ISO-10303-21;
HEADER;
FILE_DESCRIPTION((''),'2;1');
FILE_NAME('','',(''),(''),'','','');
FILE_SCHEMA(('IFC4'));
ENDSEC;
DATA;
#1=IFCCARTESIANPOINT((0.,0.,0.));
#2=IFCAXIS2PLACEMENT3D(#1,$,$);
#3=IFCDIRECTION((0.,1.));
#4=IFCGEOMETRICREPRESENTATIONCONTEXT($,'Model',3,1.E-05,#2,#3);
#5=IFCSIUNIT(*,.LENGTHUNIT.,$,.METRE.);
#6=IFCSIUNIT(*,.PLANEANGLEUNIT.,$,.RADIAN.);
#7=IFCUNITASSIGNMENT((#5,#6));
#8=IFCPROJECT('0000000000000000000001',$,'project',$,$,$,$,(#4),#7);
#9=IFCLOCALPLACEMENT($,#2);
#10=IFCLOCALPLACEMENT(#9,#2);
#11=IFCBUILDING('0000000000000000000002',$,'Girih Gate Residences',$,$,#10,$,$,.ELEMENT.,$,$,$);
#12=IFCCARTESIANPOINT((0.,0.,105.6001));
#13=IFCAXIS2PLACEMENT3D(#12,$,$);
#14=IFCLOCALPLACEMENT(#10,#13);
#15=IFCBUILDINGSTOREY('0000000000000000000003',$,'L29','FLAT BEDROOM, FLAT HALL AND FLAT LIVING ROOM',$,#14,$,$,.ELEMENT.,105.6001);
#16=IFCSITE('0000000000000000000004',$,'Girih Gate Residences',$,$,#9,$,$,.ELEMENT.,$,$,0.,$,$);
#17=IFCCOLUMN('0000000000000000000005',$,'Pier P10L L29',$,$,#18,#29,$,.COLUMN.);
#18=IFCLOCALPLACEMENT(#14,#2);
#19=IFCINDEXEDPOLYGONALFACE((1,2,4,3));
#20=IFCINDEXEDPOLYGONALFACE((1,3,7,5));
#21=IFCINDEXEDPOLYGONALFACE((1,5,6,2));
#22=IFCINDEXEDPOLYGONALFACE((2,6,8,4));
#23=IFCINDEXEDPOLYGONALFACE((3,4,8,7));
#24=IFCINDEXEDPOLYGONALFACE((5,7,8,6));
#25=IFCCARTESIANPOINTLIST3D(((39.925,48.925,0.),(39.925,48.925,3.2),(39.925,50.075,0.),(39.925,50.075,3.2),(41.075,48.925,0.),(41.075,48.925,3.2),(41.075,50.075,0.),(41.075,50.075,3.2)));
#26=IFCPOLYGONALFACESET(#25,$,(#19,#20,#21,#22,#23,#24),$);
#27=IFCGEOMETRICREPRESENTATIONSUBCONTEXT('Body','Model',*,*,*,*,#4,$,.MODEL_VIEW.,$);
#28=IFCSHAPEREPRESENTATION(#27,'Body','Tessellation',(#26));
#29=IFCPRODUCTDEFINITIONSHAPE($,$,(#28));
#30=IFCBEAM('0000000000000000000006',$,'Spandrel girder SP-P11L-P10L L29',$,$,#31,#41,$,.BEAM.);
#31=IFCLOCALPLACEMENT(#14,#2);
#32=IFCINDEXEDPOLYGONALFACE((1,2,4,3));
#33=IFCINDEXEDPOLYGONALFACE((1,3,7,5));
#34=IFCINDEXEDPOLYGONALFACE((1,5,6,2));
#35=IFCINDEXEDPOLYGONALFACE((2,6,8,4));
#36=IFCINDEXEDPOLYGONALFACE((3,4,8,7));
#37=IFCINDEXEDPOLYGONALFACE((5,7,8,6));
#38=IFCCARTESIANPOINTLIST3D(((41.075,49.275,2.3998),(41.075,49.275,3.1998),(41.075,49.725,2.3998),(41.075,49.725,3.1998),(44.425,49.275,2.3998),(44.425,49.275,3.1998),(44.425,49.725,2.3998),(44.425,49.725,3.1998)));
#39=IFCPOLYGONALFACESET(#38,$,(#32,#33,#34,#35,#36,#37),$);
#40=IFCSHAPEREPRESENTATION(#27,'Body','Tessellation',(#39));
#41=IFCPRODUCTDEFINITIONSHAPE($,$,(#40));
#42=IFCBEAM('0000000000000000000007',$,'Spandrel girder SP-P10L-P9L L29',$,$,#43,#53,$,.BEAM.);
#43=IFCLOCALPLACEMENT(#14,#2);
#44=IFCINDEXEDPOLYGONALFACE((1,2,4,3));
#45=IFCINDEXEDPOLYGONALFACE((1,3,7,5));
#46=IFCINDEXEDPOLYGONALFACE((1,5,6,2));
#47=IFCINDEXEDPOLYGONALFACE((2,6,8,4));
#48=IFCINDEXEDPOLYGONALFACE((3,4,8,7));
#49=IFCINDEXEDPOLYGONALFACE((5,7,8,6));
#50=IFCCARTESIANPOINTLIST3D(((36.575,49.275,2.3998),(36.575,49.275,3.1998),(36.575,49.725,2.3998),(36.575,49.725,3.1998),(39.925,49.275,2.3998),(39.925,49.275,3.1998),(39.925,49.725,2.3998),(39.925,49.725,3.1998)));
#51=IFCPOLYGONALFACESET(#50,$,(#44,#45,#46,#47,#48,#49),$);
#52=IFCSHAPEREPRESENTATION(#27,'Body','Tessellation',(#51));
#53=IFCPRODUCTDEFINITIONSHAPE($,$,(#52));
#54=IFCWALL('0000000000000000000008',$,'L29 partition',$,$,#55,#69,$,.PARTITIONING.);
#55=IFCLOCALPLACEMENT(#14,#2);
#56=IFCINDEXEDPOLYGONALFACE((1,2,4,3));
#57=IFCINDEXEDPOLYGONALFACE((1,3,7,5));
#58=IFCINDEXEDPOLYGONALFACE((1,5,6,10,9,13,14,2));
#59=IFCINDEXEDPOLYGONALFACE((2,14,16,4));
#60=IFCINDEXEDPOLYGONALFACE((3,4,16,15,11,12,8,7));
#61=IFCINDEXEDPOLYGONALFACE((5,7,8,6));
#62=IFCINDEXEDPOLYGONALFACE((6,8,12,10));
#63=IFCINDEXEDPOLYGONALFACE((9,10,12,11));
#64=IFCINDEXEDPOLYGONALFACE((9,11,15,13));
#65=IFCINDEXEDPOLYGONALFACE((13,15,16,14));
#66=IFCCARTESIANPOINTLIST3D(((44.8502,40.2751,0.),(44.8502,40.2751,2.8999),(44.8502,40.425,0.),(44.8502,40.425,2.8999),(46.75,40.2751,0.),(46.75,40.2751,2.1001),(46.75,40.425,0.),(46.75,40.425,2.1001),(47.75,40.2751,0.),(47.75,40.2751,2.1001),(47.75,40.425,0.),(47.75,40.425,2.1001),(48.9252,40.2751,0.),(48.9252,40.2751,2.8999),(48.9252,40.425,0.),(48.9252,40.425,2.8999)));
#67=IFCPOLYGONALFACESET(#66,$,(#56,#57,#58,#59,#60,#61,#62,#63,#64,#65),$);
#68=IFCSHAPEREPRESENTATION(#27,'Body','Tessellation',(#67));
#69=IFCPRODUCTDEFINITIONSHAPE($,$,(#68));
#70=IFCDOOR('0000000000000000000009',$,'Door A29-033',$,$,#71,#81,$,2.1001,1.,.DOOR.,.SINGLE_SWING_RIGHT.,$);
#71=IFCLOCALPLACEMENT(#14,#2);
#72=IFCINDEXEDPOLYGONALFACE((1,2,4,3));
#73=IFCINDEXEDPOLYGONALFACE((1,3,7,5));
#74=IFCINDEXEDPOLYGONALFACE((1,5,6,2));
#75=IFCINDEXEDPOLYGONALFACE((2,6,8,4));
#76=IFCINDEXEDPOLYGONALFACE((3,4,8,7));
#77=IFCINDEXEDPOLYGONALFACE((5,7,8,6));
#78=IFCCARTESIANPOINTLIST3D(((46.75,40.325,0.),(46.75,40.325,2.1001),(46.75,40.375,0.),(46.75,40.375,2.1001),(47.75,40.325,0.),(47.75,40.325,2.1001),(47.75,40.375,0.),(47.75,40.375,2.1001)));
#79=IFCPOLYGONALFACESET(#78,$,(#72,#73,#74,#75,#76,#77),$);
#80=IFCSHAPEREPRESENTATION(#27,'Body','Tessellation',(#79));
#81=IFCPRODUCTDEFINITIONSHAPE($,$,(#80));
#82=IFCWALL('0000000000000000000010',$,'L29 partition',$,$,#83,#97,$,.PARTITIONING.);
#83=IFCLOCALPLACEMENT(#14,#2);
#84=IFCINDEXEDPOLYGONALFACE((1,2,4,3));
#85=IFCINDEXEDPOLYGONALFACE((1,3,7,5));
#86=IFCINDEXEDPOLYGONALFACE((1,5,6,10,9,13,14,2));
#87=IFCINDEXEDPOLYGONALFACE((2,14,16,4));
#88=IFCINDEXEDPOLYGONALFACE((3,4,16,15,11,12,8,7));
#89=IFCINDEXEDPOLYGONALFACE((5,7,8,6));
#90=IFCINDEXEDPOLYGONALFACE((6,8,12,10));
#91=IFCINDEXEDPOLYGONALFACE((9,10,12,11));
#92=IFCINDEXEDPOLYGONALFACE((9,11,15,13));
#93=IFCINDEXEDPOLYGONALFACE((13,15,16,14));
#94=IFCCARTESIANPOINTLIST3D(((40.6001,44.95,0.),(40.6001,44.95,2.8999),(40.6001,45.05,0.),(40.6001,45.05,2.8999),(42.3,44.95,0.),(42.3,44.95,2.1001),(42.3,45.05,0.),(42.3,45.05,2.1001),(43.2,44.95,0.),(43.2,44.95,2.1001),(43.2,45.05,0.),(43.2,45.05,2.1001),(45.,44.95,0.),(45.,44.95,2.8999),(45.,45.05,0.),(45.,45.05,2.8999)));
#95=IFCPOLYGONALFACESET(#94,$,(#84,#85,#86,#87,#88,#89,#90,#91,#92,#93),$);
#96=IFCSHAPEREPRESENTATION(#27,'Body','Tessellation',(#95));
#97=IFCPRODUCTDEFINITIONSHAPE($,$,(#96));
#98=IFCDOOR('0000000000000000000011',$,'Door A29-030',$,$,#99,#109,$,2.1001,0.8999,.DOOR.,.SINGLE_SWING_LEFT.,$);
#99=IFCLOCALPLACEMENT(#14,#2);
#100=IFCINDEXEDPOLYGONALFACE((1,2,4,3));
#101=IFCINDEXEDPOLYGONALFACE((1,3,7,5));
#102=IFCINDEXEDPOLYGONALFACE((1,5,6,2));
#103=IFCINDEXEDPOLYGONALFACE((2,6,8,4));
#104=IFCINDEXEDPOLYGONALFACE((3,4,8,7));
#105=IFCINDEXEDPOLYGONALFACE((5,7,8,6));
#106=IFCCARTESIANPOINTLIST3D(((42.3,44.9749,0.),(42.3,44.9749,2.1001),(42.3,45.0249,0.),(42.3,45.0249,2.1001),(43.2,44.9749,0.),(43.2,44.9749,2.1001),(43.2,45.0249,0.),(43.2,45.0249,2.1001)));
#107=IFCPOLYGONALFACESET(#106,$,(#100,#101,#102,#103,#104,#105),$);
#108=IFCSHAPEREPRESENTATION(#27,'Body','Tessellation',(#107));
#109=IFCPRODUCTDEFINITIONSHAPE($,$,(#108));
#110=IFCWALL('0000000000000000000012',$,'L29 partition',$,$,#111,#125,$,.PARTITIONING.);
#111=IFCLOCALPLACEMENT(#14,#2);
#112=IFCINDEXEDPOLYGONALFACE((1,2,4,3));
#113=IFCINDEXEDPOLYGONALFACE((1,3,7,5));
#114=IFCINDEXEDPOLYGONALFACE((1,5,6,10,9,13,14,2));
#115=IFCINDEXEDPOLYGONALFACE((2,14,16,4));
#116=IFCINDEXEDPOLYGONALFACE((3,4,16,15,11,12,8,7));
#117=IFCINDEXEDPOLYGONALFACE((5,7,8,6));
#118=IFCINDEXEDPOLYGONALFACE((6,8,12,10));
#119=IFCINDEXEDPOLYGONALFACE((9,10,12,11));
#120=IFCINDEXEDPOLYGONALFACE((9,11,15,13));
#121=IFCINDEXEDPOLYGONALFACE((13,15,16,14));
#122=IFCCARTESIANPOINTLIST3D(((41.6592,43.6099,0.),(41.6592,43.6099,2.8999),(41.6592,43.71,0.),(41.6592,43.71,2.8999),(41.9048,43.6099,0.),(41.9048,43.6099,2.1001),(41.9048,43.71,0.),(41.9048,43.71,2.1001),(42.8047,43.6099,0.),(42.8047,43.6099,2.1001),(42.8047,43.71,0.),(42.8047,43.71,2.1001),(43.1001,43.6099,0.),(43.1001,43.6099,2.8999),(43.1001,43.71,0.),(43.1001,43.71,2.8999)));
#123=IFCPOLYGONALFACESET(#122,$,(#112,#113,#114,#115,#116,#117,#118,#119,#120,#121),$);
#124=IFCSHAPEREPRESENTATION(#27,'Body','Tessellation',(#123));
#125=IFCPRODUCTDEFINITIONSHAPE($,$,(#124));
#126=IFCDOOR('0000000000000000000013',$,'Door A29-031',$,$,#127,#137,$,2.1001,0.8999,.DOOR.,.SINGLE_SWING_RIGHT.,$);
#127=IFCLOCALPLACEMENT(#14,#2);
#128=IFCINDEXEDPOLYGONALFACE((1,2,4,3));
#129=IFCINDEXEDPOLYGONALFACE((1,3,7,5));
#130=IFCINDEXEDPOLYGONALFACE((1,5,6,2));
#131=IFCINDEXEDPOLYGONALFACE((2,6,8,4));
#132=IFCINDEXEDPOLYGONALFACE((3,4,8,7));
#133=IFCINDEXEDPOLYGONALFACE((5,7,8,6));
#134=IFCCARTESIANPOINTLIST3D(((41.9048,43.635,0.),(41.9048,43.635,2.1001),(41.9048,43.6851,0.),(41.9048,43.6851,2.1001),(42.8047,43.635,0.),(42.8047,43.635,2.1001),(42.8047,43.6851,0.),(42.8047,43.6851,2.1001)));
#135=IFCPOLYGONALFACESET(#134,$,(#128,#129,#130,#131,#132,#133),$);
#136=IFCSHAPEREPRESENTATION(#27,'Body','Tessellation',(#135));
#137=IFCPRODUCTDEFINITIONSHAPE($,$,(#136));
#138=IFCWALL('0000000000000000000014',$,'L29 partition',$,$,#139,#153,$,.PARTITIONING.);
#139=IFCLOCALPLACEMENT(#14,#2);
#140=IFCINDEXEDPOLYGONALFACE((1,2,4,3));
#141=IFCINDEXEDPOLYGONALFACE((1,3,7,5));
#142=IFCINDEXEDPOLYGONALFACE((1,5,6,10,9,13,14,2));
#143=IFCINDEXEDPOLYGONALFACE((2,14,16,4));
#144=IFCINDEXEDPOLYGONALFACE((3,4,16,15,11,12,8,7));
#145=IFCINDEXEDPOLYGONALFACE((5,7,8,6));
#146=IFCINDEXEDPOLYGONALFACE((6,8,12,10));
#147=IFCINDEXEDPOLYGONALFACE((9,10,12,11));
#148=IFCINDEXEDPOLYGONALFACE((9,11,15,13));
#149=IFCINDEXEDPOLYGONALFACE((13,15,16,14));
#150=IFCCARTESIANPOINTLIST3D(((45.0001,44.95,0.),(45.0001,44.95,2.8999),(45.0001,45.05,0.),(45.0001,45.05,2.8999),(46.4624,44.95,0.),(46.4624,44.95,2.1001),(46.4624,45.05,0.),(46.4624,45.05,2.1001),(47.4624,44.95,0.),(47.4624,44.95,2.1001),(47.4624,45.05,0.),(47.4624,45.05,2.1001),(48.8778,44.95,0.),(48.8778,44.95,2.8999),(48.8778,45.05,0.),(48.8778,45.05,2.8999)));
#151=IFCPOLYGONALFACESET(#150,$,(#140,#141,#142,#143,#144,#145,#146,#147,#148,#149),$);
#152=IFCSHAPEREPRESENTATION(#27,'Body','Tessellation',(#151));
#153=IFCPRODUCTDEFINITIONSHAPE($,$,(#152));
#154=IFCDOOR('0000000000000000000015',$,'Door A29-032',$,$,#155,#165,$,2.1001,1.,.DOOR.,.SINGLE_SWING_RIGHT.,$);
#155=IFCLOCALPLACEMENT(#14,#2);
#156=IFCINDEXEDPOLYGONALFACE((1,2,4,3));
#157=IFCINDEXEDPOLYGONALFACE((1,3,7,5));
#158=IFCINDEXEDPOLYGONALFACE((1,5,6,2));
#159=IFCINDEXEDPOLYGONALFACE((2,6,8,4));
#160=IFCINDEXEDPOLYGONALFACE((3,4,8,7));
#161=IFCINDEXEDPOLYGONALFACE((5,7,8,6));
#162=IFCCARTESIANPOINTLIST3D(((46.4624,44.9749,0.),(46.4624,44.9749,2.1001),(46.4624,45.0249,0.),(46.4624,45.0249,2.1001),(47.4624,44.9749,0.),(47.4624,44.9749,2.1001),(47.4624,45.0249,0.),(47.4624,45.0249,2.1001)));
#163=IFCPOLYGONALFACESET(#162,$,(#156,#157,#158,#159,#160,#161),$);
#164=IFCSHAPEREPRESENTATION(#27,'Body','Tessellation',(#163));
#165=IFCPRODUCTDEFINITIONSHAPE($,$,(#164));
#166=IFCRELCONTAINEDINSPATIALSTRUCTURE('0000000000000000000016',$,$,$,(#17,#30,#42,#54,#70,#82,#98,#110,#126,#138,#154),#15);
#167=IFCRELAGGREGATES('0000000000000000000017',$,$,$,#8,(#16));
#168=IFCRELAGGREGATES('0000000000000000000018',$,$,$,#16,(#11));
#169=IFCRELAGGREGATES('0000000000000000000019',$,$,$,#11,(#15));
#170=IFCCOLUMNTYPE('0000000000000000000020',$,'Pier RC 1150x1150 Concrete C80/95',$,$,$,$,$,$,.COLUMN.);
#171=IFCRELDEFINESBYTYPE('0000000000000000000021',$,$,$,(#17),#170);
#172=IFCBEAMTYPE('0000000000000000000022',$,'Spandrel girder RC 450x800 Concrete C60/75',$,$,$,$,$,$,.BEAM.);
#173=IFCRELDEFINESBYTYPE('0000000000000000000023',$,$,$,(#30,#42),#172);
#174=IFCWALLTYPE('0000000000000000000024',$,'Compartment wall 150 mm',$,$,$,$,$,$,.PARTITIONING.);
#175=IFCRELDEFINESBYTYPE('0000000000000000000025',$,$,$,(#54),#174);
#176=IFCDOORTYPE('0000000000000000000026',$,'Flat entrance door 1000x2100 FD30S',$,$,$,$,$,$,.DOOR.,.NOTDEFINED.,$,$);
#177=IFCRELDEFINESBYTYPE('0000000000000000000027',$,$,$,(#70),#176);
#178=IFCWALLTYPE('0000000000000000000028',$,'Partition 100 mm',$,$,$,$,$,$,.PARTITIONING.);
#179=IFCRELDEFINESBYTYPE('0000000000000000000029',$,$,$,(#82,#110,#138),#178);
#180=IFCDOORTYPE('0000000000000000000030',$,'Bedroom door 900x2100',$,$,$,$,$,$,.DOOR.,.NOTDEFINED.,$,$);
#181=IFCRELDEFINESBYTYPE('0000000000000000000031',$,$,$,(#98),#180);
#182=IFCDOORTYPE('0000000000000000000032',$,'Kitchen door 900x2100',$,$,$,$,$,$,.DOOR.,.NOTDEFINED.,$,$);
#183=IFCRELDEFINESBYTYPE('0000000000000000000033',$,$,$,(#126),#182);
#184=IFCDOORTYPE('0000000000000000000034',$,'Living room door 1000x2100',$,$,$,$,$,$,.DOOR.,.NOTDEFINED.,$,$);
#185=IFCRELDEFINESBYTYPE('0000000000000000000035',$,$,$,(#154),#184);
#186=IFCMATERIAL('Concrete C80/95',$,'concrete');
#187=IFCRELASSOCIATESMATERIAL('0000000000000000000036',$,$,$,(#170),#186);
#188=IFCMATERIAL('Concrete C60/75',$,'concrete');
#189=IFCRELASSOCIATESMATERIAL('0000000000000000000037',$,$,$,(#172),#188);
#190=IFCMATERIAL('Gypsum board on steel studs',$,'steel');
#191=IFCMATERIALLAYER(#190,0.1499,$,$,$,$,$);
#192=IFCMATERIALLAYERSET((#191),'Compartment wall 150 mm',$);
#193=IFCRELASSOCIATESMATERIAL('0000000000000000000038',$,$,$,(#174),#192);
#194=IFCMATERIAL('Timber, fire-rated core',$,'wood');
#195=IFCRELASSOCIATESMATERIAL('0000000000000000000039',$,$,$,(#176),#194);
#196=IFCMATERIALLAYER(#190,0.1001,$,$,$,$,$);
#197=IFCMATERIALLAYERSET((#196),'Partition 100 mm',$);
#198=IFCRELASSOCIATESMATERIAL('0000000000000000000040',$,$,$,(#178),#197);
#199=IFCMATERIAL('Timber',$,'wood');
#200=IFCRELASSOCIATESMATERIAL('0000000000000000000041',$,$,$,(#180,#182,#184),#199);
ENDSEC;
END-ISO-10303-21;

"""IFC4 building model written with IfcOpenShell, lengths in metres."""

from ifc_helpers import new_model, si_unit, direction, frame, frame_2d, origin, origin_2d, place, context, subcontext, project, spatial, rectangle, extrude, material, layer, layer_set, material_profile, profile_set, type_object, element, fill, save


model = new_model("IFC4")

# Units and contexts
model_context = context("Model", 3, precision=1e-05, world=origin(), true_north=direction((0.0, 1.0)))
body_context = subcontext(model_context, "Body", "Model", "MODEL_VIEW")
ifc_project = project(units=[si_unit("LENGTHUNIT", "METRE"), si_unit("PLANEANGLEUNIT", "RADIAN")], contexts=[model_context])

# Site, building, storey
site_placement = place(None, origin())
site = spatial("IfcSite", under=ifc_project, at=site_placement, Name="Girih Gate Residences", CompositionType="ELEMENT", RefElevation=0.0)
building_placement = place(site_placement, origin())
building = spatial("IfcBuilding", under=site, at=building_placement, Name="Girih Gate Residences", CompositionType="ELEMENT")
storey_placement = place(building_placement, frame((0.0, 0.0, 105.6001)))
storey = spatial("IfcBuildingStorey", under=building, at=storey_placement, Name="L29", Description="FLAT BEDROOM, FLAT HALL AND FLAT LIVING ROOM", CompositionType="ELEMENT", Elevation=105.6001)

# Column
ifc_material_1 = material(Name="Concrete C80/95", Category="concrete")
ifc_material_profile_1 = material_profile(ifc_material_1, rectangle(XDim=1.1499, YDim=1.1499, at=origin_2d()))
ifc_profile_set_1 = profile_set([ifc_material_profile_1], Name="Concrete C80/95")
column_type = type_object("IfcColumnType", Name="Pier RC 1150x1150 Concrete C80/95", PredefinedType="COLUMN", material=ifc_profile_set_1)
column_placement = place(storey_placement, frame((40.5, 49.5, 0.0), z_axis=(0.0, 0.0, 1.0), x_axis=(1.0, 0.0, 0.0)))
element("IfcColumn", 1, at=column_placement, inside=storey, type_object=column_type, Name="Pier P10L L29", PredefinedType="COLUMN", context=body_context, shape_type="SweptSolid", body=[
    extrude(rectangle(XDim=1.1499, YDim=1.1499, at=origin_2d()), origin(), (0.0, 0.0, 1.0), 3.2),
])

# Beams
ifc_material_2 = material(Name="Concrete C60/75", Category="concrete")
ifc_material_profile_2 = material_profile(ifc_material_2, rectangle(XDim=0.45, YDim=0.8, at=origin_2d()))
ifc_profile_set_2 = profile_set([ifc_material_profile_2], Name="Concrete C60/75")
beam_type = type_object("IfcBeamType", Name="Spandrel girder RC 450x800 Concrete C60/75", PredefinedType="BEAM", material=ifc_profile_set_2)
for number, where, z_axis, x_axis, name in (
    (2, (44.425, 49.5, 2.7998), (-1.0, 0.0, 0.0), (0.0, -1.0, 0.0), "Spandrel girder SP-P11L-P10L L29"),
    (3, (39.925, 49.5, 2.7998), (-1.0, 0.0, 0.0), (0.0, -1.0, 0.0), "Spandrel girder SP-P10L-P9L L29"),
):
    element("IfcBeam", number, at=place(storey_placement, frame(where, z_axis=z_axis, x_axis=x_axis)), inside=storey, type_object=beam_type, Name=name, PredefinedType="BEAM", context=body_context, shape_type="SweptSolid", body=[
        extrude(rectangle(XDim=0.45, YDim=0.8, at=origin_2d()), origin(), (0.0, 0.0, 1.0), 3.3501),
    ])

# Walls, openings, doors
ifc_material_3 = material(Name="Gypsum board on steel studs", Category="steel")
ifc_layer_1 = layer(ifc_material_3, 0.1499)
ifc_layer_set_1 = layer_set([ifc_layer_1], Name="Compartment wall 150 mm")
wall_type_1 = type_object("IfcWallType", Name="Compartment wall 150 mm", PredefinedType="PARTITIONING", material=ifc_layer_set_1)
wall_1_placement = place(storey_placement, frame((44.8501, 40.3501, 0.0), z_axis=(0.0, 0.0, 1.0), x_axis=(1.0, 0.0, 0.0)))
wall_1 = element("IfcWall", 4, at=wall_1_placement, inside=storey, type_object=wall_type_1, Name="L29 partition", PredefinedType="PARTITIONING", context=body_context, shape_type="SweptSolid", body=[
    extrude(rectangle(XDim=4.075, YDim=0.1499, at=frame_2d((2.0376, 0.0))), origin(), (0.0, 0.0, 1.0), 2.8999),
])
opening_1_placement = place(wall_1_placement, frame((1.8999, 0.0, 0.0)))
opening_1 = element("IfcOpeningElement", 5, at=opening_1_placement, cuts=wall_1, PredefinedType="OPENING", context=body_context, shape_type="SweptSolid", body=[
    extrude(rectangle(XDim=1.0, YDim=2.1001, at=frame_2d((0.5, 1.05))), frame((0.0, 0.085, 0.0), z_axis=(0.0, -1.0, 0.0), x_axis=(1.0, 0.0, 0.0)), (0.0, 0.0, 1.0), 0.1699),
])
ifc_material_4 = material(Name="Timber, fire-rated core", Category="wood")
door_type_1 = type_object("IfcDoorType", Name="Flat entrance door 1000x2100 FD30S", OperationType="NOTDEFINED", PredefinedType="DOOR", material=ifc_material_4)
door_1_placement = place(opening_1_placement, origin())
door_1 = element("IfcDoor", 6, at=door_1_placement, inside=storey, type_object=door_type_1, Name="Door A29-033", OperationType="SINGLE_SWING_RIGHT", OverallHeight=2.1001, OverallWidth=1.0, PredefinedType="DOOR", context=body_context, shape_type="SweptSolid", body=[
    extrude(rectangle(XDim=1.0, YDim=2.1001, at=frame_2d((0.5, 1.05))), frame((0.0, 0.0249, 0.0), z_axis=(0.0, -1.0, 0.0), x_axis=(1.0, 0.0, 0.0)), (0.0, 0.0, 1.0), 0.05),
])
fill(opening_1, door_1)
ifc_layer_2 = layer(ifc_material_3, 0.1001)
ifc_layer_set_2 = layer_set([ifc_layer_2], Name="Partition 100 mm")
wall_type_2 = type_object("IfcWallType", Name="Partition 100 mm", PredefinedType="PARTITIONING", material=ifc_layer_set_2)
wall_2_placement = place(storey_placement, frame((40.6001, 45.0, 0.0), z_axis=(0.0, 0.0, 1.0), x_axis=(1.0, 0.0, 0.0)))
wall_2 = element("IfcWall", 7, at=wall_2_placement, inside=storey, type_object=wall_type_2, Name="L29 partition", PredefinedType="PARTITIONING", context=body_context, shape_type="SweptSolid", body=[
    extrude(rectangle(XDim=4.3999, YDim=0.1001, at=frame_2d((2.2, 0.0))), origin(), (0.0, 0.0, 1.0), 2.8999),
])
opening_2_placement = place(wall_2_placement, frame((1.7, 0.0, 0.0)))
opening_2 = element("IfcOpeningElement", 8, at=opening_2_placement, cuts=wall_2, PredefinedType="OPENING", context=body_context, shape_type="SweptSolid", body=[
    extrude(rectangle(XDim=0.8999, YDim=2.1001, at=frame_2d((0.45, 1.05))), frame((0.0, 0.0601, 0.0), z_axis=(0.0, -1.0, 0.0), x_axis=(1.0, 0.0, 0.0)), (0.0, 0.0, 1.0), 0.1201),
])
ifc_material_5 = material(Name="Timber", Category="wood")
door_type_2 = type_object("IfcDoorType", Name="Bedroom door 900x2100", OperationType="NOTDEFINED", PredefinedType="DOOR", material=ifc_material_5)
door_2_placement = place(opening_2_placement, origin())
door_2 = element("IfcDoor", 9, at=door_2_placement, inside=storey, type_object=door_type_2, Name="Door A29-030", OperationType="SINGLE_SWING_LEFT", OverallHeight=2.1001, OverallWidth=0.8999, PredefinedType="DOOR", context=body_context, shape_type="SweptSolid", body=[
    extrude(rectangle(XDim=0.8999, YDim=2.1001, at=frame_2d((0.45, 1.05))), frame((0.0, 0.0249, 0.0), z_axis=(0.0, -1.0, 0.0), x_axis=(1.0, 0.0, 0.0)), (0.0, 0.0, 1.0), 0.05),
])
fill(opening_2, door_2)
wall_3_placement = place(storey_placement, frame((43.1001, 43.6599, 0.0), z_axis=(0.0, 0.0, 1.0), x_axis=(-1.0, 0.0, 0.0)))
wall_3 = element("IfcWall", 10, at=wall_3_placement, inside=storey, type_object=wall_type_2, Name="L29 partition", PredefinedType="PARTITIONING", context=body_context, shape_type="SweptSolid", body=[
    extrude(rectangle(XDim=1.4409, YDim=0.1001, at=frame_2d((0.7205, 0.0))), origin(), (0.0, 0.0, 1.0), 2.8999),
])
opening_3_placement = place(wall_3_placement, frame((0.2954, 0.0, 0.0)))
opening_3 = element("IfcOpeningElement", 11, at=opening_3_placement, cuts=wall_3, PredefinedType="OPENING", context=body_context, shape_type="SweptSolid", body=[
    extrude(rectangle(XDim=0.8999, YDim=2.1001, at=frame_2d((0.45, 1.05))), frame((0.0, 0.0601, 0.0), z_axis=(0.0, -1.0, 0.0), x_axis=(1.0, 0.0, 0.0)), (0.0, 0.0, 1.0), 0.1201),
])
door_type_3 = type_object("IfcDoorType", Name="Kitchen door 900x2100", OperationType="NOTDEFINED", PredefinedType="DOOR", material=ifc_material_5)
door_3_placement = place(opening_3_placement, origin())
door_3 = element("IfcDoor", 12, at=door_3_placement, inside=storey, type_object=door_type_3, Name="Door A29-031", OperationType="SINGLE_SWING_RIGHT", OverallHeight=2.1001, OverallWidth=0.8999, PredefinedType="DOOR", context=body_context, shape_type="SweptSolid", body=[
    extrude(rectangle(XDim=0.8999, YDim=2.1001, at=frame_2d((0.45, 1.05))), frame((0.0, 0.0249, 0.0), z_axis=(0.0, -1.0, 0.0), x_axis=(1.0, 0.0, 0.0)), (0.0, 0.0, 1.0), 0.05),
])
fill(opening_3, door_3)
wall_4_placement = place(storey_placement, frame((45.0, 45.0, 0.0), z_axis=(0.0, 0.0, 1.0), x_axis=(1.0, 0.0, 0.0)))
wall_4 = element("IfcWall", 13, at=wall_4_placement, inside=storey, type_object=wall_type_2, Name="L29 partition", PredefinedType="PARTITIONING", context=body_context, shape_type="SweptSolid", body=[
    extrude(rectangle(XDim=3.8777, YDim=0.1001, at=frame_2d((1.939, 0.0))), origin(), (0.0, 0.0, 1.0), 2.8999),
])
opening_4_placement = place(wall_4_placement, frame((1.4624, 0.0, 0.0)))
opening_4 = element("IfcOpeningElement", 14, at=opening_4_placement, cuts=wall_4, PredefinedType="OPENING", context=body_context, shape_type="SweptSolid", body=[
    extrude(rectangle(XDim=1.0, YDim=2.1001, at=frame_2d((0.5, 1.05))), frame((0.0, 0.0601, 0.0), z_axis=(0.0, -1.0, 0.0), x_axis=(1.0, 0.0, 0.0)), (0.0, 0.0, 1.0), 0.1201),
])
door_type_4 = type_object("IfcDoorType", Name="Living room door 1000x2100", OperationType="NOTDEFINED", PredefinedType="DOOR", material=ifc_material_5)
door_4_placement = place(opening_4_placement, origin())
door_4 = element("IfcDoor", 15, at=door_4_placement, inside=storey, type_object=door_type_4, Name="Door A29-032", OperationType="SINGLE_SWING_RIGHT", OverallHeight=2.1001, OverallWidth=1.0, PredefinedType="DOOR", context=body_context, shape_type="SweptSolid", body=[
    extrude(rectangle(XDim=1.0, YDim=2.1001, at=frame_2d((0.5, 1.05))), frame((0.0, 0.0249, 0.0), z_axis=(0.0, -1.0, 0.0), x_axis=(1.0, 0.0, 0.0)), (0.0, 0.0, 1.0), 0.05),
])
fill(opening_4, door_4)

save(model, "model.ifc")
